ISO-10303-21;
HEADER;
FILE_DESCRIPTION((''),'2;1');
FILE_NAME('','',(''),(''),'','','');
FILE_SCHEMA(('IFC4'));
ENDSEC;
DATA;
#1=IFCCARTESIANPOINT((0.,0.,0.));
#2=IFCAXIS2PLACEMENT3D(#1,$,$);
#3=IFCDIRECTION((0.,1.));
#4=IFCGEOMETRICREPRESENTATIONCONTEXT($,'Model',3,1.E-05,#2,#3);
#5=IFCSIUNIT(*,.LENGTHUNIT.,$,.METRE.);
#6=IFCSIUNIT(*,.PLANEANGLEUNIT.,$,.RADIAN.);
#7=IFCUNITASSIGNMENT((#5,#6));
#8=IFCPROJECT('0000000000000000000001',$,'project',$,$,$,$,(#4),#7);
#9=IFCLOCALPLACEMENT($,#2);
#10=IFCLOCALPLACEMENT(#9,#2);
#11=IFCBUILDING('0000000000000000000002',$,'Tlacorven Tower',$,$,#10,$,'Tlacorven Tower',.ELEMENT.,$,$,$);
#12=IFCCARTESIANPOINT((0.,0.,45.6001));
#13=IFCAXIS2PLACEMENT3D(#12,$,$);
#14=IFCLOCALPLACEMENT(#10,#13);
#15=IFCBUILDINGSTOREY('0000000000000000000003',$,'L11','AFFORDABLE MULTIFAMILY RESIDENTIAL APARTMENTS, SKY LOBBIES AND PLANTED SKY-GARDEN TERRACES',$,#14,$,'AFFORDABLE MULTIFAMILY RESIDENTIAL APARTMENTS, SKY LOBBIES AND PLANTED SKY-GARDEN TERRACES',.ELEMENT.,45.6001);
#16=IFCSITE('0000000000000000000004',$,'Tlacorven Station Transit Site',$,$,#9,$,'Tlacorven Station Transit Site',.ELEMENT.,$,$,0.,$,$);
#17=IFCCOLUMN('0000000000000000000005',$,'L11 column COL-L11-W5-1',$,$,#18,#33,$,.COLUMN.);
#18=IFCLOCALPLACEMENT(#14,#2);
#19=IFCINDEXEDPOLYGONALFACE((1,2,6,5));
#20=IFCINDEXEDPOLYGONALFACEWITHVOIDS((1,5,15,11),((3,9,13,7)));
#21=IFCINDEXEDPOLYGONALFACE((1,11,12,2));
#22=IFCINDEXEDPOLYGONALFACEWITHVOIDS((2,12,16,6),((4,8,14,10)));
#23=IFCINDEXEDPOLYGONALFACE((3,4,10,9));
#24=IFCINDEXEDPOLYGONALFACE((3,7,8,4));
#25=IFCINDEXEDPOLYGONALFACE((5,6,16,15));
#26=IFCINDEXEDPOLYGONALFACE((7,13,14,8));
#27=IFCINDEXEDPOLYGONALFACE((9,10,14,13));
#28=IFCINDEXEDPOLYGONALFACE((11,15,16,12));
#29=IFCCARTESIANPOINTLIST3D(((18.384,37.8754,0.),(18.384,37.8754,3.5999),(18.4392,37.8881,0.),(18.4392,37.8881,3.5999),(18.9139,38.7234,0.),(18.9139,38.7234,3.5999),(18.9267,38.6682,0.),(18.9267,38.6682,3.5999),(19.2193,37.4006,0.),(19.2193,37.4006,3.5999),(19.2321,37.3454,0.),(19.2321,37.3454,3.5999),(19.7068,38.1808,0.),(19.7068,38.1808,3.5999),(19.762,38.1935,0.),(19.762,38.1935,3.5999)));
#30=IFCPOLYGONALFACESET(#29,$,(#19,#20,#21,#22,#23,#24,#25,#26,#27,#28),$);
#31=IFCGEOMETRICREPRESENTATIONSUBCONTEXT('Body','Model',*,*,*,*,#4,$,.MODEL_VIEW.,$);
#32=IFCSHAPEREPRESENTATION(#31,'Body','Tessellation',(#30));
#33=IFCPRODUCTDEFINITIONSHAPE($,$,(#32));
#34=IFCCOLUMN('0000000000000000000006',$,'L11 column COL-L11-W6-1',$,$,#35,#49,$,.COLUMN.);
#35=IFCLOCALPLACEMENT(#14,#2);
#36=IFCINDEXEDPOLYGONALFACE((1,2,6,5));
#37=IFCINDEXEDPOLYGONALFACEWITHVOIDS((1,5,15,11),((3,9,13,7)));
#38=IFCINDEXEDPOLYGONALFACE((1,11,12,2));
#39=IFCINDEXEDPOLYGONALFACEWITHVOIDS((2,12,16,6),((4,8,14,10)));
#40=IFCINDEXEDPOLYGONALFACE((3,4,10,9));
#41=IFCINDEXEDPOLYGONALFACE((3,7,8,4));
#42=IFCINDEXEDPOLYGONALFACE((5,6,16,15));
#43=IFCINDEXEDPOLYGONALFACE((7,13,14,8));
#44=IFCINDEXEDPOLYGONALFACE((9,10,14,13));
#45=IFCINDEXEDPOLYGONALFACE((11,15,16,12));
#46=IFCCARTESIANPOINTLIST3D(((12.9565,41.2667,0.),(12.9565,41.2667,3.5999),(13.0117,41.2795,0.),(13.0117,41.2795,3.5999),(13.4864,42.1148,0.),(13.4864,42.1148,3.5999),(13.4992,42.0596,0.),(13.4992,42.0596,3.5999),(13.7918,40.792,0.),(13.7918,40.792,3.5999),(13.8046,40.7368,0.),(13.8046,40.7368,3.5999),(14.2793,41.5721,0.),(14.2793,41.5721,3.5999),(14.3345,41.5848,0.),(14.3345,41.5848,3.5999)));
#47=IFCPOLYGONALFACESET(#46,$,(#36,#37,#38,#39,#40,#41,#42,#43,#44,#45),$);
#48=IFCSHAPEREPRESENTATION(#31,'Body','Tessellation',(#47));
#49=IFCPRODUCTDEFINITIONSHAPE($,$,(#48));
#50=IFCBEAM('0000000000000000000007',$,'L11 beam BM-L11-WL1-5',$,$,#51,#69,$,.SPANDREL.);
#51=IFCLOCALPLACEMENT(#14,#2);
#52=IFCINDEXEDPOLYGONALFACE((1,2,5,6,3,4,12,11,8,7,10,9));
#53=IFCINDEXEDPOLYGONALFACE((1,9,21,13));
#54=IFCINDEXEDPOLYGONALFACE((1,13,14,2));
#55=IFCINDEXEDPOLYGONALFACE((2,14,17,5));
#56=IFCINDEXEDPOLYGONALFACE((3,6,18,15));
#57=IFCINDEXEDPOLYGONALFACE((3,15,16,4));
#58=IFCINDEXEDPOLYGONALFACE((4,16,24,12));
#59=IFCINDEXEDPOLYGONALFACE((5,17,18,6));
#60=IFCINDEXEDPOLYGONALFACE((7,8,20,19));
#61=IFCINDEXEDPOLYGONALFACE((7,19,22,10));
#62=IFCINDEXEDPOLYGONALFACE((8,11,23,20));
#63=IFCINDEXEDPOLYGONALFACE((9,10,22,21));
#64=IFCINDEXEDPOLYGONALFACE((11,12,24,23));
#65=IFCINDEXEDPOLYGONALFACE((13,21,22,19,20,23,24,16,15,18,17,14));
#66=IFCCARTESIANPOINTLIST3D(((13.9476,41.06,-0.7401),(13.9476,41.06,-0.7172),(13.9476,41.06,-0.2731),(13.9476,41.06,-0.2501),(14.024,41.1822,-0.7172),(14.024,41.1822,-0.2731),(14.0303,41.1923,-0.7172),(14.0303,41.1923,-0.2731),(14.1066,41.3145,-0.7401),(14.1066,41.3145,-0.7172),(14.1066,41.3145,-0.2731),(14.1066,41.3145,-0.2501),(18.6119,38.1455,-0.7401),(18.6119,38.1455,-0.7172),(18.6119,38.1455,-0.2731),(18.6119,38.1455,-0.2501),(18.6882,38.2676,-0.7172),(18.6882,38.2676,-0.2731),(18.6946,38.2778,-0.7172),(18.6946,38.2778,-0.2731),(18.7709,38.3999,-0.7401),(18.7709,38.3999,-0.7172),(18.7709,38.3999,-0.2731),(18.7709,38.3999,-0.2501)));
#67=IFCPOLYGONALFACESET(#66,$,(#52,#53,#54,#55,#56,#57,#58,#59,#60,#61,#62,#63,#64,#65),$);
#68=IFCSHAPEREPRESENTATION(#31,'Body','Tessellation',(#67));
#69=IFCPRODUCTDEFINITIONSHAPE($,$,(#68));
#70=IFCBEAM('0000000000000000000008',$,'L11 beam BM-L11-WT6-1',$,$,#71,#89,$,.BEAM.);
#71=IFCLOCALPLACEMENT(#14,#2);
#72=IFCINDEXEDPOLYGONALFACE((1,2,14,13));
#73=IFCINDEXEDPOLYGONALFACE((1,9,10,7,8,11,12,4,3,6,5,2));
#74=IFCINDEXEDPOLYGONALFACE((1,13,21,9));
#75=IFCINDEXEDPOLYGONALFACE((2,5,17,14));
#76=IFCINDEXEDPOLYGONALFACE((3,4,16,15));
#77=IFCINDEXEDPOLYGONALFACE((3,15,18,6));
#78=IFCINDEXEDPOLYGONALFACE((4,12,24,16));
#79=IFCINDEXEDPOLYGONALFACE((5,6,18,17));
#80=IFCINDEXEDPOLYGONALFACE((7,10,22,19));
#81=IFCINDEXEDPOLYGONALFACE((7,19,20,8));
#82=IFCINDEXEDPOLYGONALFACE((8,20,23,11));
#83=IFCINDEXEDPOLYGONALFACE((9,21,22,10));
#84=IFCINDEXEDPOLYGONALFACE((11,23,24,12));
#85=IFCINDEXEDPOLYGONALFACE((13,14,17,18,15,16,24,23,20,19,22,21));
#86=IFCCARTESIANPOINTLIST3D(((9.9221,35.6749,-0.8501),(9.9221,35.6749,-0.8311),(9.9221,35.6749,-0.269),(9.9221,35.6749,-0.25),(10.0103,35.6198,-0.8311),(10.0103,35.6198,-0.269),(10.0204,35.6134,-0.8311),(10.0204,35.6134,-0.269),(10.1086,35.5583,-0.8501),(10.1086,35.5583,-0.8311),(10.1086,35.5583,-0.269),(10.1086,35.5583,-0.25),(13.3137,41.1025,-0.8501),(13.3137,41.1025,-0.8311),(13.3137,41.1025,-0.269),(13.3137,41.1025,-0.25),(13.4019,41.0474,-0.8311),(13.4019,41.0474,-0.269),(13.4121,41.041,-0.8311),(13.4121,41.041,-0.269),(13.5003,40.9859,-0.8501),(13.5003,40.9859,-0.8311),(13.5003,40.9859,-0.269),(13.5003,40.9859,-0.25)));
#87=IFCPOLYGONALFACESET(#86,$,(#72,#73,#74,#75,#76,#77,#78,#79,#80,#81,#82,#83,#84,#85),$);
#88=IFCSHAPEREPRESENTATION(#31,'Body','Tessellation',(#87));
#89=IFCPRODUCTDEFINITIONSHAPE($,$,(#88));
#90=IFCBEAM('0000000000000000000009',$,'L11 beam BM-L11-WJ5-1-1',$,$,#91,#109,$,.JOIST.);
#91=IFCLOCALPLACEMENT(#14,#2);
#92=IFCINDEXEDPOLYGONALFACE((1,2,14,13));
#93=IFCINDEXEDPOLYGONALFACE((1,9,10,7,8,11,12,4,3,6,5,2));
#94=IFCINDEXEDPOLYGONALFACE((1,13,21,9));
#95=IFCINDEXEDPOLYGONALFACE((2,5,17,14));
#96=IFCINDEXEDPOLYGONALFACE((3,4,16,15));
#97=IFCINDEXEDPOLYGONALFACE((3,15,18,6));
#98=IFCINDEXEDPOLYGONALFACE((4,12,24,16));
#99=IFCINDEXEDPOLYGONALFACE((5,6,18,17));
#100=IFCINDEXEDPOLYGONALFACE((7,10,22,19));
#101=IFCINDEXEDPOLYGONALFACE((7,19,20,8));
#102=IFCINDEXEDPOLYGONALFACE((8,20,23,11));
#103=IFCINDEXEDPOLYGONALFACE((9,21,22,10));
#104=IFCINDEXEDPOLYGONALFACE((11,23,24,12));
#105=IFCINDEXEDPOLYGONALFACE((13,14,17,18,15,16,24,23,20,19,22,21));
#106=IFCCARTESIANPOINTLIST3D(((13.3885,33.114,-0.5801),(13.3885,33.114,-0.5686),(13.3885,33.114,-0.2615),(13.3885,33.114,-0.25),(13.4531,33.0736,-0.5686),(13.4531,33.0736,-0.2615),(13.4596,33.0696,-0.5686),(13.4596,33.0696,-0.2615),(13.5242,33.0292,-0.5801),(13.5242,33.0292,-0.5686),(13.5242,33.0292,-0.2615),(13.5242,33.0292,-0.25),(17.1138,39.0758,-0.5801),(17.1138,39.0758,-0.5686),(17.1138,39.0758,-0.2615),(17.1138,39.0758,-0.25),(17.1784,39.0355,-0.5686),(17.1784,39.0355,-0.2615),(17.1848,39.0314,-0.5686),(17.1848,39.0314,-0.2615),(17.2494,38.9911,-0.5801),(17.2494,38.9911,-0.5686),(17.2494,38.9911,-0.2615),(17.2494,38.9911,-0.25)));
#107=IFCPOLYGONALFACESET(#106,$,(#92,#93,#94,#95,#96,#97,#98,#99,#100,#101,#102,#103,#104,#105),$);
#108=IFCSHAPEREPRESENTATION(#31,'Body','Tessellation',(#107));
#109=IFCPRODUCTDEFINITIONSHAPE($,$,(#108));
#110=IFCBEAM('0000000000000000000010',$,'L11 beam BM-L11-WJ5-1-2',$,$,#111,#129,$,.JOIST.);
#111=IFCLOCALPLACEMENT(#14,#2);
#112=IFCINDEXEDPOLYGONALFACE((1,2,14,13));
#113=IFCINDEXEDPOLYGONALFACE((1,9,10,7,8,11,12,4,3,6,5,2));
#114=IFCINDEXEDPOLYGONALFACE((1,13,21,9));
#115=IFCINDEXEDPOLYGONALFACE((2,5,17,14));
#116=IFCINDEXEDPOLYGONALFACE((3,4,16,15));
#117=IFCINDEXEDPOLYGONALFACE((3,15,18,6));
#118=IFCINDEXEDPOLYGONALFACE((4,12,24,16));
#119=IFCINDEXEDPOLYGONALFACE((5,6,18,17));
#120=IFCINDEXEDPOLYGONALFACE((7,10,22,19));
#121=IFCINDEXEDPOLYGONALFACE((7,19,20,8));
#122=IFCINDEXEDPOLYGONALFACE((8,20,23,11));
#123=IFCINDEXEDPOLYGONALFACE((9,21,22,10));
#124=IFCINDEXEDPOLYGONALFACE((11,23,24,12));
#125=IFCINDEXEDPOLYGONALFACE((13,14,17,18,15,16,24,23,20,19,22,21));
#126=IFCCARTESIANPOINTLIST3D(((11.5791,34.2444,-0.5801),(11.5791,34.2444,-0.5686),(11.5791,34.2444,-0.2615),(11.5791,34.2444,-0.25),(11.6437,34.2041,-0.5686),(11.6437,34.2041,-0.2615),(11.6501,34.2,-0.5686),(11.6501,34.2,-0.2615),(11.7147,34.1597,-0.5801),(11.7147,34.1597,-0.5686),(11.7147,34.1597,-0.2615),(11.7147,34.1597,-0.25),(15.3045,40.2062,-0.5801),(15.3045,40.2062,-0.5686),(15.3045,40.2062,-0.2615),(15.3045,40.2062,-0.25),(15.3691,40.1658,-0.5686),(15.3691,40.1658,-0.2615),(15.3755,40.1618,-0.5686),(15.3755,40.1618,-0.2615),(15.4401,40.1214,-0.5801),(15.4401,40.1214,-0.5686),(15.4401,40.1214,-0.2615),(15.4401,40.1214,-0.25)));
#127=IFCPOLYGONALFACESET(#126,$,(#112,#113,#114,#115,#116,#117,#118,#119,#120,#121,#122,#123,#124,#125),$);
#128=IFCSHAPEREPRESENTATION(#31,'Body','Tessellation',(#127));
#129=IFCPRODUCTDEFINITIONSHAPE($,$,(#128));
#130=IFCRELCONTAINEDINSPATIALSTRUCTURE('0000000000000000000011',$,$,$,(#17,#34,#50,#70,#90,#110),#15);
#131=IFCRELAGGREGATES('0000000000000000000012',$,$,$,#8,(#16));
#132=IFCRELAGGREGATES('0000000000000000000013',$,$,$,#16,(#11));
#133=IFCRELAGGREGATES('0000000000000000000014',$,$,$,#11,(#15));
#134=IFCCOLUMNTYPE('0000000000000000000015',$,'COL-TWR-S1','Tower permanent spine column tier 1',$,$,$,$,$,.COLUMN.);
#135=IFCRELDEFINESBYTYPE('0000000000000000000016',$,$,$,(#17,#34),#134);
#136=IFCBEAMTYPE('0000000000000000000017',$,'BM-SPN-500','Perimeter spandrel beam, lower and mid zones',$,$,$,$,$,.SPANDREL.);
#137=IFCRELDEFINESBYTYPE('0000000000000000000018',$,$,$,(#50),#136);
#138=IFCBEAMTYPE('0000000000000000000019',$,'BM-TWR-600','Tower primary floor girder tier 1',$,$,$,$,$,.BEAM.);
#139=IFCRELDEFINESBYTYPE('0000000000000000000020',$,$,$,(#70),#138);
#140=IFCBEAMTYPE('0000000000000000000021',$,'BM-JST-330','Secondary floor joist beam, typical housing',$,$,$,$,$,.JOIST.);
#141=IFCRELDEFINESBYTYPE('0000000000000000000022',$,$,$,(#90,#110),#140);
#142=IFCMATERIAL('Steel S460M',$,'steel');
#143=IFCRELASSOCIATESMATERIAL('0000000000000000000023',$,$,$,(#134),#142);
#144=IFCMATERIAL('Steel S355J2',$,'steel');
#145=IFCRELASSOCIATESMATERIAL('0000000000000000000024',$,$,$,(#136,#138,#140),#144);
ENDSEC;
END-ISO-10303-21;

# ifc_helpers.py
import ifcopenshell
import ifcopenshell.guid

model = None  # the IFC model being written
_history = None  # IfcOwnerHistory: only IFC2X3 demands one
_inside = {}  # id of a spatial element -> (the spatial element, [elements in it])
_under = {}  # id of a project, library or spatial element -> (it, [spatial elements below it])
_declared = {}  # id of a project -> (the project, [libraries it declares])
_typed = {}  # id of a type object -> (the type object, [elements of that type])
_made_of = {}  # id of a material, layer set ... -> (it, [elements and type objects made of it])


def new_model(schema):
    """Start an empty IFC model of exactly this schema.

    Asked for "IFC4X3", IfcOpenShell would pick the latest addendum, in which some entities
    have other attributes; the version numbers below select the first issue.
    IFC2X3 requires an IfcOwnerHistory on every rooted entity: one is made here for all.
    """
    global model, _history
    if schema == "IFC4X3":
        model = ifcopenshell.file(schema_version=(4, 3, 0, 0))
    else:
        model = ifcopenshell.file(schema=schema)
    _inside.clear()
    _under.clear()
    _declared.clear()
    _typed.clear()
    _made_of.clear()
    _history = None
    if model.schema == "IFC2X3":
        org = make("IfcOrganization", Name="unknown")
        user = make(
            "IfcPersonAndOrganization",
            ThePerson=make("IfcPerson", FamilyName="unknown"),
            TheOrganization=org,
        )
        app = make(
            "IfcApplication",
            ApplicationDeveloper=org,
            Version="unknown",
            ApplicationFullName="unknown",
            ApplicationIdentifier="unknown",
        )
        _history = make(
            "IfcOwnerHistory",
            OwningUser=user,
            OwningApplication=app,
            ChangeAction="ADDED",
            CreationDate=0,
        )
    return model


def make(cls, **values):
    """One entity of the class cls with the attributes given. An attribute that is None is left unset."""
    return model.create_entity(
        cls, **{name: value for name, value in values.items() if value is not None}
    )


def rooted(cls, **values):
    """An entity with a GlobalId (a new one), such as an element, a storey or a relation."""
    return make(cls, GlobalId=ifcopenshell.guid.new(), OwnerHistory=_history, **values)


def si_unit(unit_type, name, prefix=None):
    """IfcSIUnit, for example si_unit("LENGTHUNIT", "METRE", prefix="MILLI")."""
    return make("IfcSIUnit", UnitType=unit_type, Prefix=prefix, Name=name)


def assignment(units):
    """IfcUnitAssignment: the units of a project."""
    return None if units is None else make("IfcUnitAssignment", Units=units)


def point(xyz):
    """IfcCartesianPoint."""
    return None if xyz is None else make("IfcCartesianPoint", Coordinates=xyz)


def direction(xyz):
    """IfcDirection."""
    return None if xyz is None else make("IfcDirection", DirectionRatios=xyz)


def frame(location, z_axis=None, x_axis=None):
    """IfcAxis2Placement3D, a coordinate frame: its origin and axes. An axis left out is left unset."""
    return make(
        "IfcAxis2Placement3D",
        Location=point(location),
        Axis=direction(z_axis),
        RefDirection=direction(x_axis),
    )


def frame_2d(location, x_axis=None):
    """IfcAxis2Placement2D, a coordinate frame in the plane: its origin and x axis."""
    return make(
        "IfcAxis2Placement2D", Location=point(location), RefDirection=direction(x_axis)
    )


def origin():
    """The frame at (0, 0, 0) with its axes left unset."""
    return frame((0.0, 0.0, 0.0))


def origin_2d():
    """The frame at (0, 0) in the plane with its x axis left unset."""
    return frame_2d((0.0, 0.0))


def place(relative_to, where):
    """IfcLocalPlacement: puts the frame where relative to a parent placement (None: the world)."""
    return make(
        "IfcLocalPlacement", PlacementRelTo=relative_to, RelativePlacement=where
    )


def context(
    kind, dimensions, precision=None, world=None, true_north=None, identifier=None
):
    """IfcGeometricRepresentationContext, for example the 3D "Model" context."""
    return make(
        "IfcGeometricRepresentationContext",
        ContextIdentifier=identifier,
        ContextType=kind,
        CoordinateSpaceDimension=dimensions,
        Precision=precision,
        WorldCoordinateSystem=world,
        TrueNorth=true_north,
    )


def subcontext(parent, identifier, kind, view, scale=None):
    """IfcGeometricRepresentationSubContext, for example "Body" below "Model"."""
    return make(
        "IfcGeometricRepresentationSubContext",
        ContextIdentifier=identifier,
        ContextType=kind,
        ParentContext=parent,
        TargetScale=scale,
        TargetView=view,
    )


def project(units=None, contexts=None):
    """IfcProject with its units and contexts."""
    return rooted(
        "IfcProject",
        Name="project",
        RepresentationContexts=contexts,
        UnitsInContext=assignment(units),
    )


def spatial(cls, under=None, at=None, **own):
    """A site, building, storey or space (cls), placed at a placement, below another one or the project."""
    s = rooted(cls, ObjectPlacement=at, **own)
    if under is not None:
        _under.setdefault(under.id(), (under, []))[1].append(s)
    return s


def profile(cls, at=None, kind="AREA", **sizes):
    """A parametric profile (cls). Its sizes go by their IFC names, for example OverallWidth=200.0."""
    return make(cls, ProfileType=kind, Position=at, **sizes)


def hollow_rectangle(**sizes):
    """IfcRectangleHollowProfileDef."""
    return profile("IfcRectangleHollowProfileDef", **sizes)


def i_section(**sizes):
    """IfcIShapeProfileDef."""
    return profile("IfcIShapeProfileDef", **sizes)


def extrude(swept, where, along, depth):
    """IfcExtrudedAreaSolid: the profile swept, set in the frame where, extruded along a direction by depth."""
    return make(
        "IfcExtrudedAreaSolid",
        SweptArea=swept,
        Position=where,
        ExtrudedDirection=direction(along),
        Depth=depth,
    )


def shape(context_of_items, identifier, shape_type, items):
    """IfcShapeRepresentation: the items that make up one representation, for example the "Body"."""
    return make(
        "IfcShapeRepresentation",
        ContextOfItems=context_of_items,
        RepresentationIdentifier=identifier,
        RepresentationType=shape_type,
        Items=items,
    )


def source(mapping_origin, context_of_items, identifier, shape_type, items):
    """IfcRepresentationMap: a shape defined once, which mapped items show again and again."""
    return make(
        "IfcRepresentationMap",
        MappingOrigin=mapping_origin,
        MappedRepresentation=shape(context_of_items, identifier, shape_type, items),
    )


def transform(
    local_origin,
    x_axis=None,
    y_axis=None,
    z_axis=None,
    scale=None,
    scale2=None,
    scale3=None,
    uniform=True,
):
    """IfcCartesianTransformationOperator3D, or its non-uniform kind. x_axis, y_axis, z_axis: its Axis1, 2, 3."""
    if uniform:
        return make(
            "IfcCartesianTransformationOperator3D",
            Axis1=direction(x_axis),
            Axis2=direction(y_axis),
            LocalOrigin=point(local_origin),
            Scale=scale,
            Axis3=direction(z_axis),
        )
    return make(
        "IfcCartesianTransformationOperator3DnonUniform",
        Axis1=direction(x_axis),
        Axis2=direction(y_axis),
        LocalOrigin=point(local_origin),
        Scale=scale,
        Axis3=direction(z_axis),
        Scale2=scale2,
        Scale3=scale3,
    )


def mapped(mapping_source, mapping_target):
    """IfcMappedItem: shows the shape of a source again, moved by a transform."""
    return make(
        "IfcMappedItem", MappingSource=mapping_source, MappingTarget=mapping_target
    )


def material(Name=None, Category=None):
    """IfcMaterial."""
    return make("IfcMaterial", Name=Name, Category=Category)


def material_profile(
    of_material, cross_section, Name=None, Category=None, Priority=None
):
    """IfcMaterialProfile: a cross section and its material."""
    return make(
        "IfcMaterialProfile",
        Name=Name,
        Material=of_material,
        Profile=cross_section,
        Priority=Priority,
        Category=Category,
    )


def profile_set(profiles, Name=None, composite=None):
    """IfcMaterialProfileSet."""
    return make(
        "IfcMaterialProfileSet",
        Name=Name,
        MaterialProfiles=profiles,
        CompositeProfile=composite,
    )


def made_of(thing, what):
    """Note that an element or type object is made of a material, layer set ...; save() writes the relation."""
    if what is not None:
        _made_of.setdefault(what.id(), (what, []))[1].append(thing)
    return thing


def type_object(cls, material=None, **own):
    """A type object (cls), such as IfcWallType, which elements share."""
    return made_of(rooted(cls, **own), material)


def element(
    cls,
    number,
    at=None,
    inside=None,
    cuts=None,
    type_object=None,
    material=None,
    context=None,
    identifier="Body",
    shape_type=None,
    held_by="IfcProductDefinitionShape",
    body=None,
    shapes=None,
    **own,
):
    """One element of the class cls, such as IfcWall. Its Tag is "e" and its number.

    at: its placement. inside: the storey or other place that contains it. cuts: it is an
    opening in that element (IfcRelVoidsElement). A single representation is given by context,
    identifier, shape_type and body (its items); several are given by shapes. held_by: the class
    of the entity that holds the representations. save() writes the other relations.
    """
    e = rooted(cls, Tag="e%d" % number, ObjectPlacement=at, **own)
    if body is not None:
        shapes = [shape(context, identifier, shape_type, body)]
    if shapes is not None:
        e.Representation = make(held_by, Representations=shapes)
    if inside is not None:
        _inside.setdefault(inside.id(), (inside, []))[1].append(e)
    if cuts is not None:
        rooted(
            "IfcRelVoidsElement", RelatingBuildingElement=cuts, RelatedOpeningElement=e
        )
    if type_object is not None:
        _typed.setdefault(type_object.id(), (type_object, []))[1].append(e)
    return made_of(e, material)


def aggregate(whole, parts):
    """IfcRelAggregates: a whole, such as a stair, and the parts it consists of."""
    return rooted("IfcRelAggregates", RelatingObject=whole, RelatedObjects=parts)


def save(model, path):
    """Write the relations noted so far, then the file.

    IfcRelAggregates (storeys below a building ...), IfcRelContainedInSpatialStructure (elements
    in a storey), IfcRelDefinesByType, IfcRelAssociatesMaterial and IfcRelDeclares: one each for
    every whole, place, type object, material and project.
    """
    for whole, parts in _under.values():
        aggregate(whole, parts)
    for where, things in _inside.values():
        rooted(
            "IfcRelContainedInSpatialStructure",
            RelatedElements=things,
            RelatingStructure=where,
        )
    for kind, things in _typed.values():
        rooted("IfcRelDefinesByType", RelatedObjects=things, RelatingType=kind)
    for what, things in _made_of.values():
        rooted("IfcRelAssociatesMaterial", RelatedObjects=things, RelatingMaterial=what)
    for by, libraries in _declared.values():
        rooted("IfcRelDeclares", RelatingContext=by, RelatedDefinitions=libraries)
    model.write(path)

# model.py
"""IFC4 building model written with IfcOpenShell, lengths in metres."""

from ifc_helpers import new_model, si_unit, direction, frame, origin, origin_2d, place, context, subcontext, project, spatial, hollow_rectangle, i_section, extrude, source, transform, mapped, material, material_profile, profile_set, type_object, element, save


model = new_model("IFC4")

# Units and contexts
model_context = context("Model", 3, precision=1e-05, world=origin(), true_north=direction((0.0, 1.0)))
body_context = subcontext(model_context, "Body", "Model", "MODEL_VIEW")
ifc_project = project(units=[si_unit("LENGTHUNIT", "METRE"), si_unit("PLANEANGLEUNIT", "RADIAN")], contexts=[model_context])

# Site, building, storey
site_placement = place(None, origin())
site = spatial("IfcSite", under=ifc_project, at=site_placement, Name="Tlacorven Station Transit Site", LongName="Tlacorven Station Transit Site", CompositionType="ELEMENT", RefElevation=0.0)
building_placement = place(site_placement, origin())
building = spatial("IfcBuilding", under=site, at=building_placement, Name="Tlacorven Tower", LongName="Tlacorven Tower", CompositionType="ELEMENT")
storey_placement = place(building_placement, frame((0.0, 0.0, 45.6001)))
storey = spatial("IfcBuildingStorey", under=building, at=storey_placement, Name="L11", Description="AFFORDABLE MULTIFAMILY RESIDENTIAL APARTMENTS, SKY LOBBIES AND PLANTED SKY-GARDEN TERRACES", LongName="AFFORDABLE MULTIFAMILY RESIDENTIAL APARTMENTS, SKY LOBBIES AND PLANTED SKY-GARDEN TERRACES", CompositionType="ELEMENT", Elevation=45.6001)

# Columns
ifc_material_1 = material(Name="Steel S460M", Category="steel")
ifc_material_profile_1 = material_profile(ifc_material_1, hollow_rectangle(XDim=1.0, YDim=1.0, WallThickness=0.04, at=origin_2d()), Name="BOX 1000X1000X40")
ifc_profile_set_1 = profile_set([ifc_material_profile_1], Name="Steel S460M")
column_type = type_object("IfcColumnType", Name="COL-TWR-S1", Description="Tower permanent spine column tier 1", PredefinedType="COLUMN", material=ifc_profile_set_1)
shared_shape_1 = source(origin(), body_context, "Body", "SweptSolid", [
    extrude(hollow_rectangle(XDim=1.0, YDim=1.0, WallThickness=0.04, at=origin_2d()), origin(), (0.0, 0.0, 1.0), 3.5999),
])
for number, where, z_axis, x_axis, name in (
    (1, (19.073, 38.0344, 0.0), (0.0, 0.0, 1.0), (-0.848048, 0.529919, 0.0), "L11 column COL-L11-W5-1"),
    (2, (13.6455, 41.4258, 0.0), (0.0, 0.0, 1.0), (-0.848048, 0.529919, 0.0), "L11 column COL-L11-W6-1"),
):
    element("IfcColumn", number, at=place(storey_placement, frame(where, z_axis=z_axis, x_axis=x_axis)), inside=storey, type_object=column_type, Name=name, PredefinedType="COLUMN", context=body_context, shape_type="MappedRepresentation", body=[
        mapped(shared_shape_1, transform((0.0, 0.0, 0.0), scale=1.0)),
    ])

# Beams
ifc_material_2 = material(Name="Steel S355J2", Category="steel")
ifc_material_profile_2 = material_profile(ifc_material_2, i_section(OverallWidth=0.3, OverallDepth=0.49, WebThickness=0.012, FlangeThickness=0.0229, at=origin_2d()), Name="HEA 500")
ifc_profile_set_2 = profile_set([ifc_material_profile_2], Name="Steel S355J2")
beam_type_1 = type_object("IfcBeamType", Name="BM-SPN-500", Description="Perimeter spandrel beam, lower and mid zones", PredefinedType="SPANDREL", material=ifc_profile_set_2)
shared_shape_2 = source(origin(), body_context, "Body", "SweptSolid", [
    extrude(i_section(OverallWidth=0.3, OverallDepth=0.49, WebThickness=0.012, FlangeThickness=0.0229, at=origin_2d()), origin(), (0.0, 0.0, 1.0), 5.5),
])
beam_1_placement = place(storey_placement, frame((18.6914, 38.2727, -0.4951), z_axis=(-0.848051, 0.529915, 0.0), x_axis=(-0.529915, -0.848051, 0.0)))
element("IfcBeam", 3, at=beam_1_placement, inside=storey, type_object=beam_type_1, Name="L11 beam BM-L11-WL1-5", PredefinedType="SPANDREL", context=body_context, shape_type="MappedRepresentation", body=[
    mapped(shared_shape_2, transform((0.0, 0.0, 0.0), scale=1.0)),
])
ifc_material_profile_3 = material_profile(ifc_material_2, i_section(OverallWidth=0.22, OverallDepth=0.6001, WebThickness=0.012, FlangeThickness=0.019, at=origin_2d()), Name="IPE 600")
ifc_profile_set_3 = profile_set([ifc_material_profile_3], Name="Steel S355J2")
beam_type_2 = type_object("IfcBeamType", Name="BM-TWR-600", Description="Tower primary floor girder tier 1", PredefinedType="BEAM", material=ifc_profile_set_3)
shared_shape_3 = source(origin(), body_context, "Body", "SweptSolid", [
    extrude(i_section(OverallWidth=0.22, OverallDepth=0.6001, WebThickness=0.012, FlangeThickness=0.019, at=origin_2d()), origin(), (0.0, 0.0, 1.0), 6.4001),
])
beam_2_placement = place(storey_placement, frame((13.407, 41.0442, -0.55), z_axis=(-0.529934, -0.848039, 0.0), x_axis=(0.848039, -0.529934, 0.0)))
element("IfcBeam", 4, at=beam_2_placement, inside=storey, type_object=beam_type_2, Name="L11 beam BM-L11-WT6-1", PredefinedType="BEAM", context=body_context, shape_type="MappedRepresentation", body=[
    mapped(shared_shape_3, transform((0.0, 0.0, 0.0), scale=1.0)),
])
ifc_material_profile_4 = material_profile(ifc_material_2, i_section(OverallWidth=0.1599, OverallDepth=0.3301, WebThickness=0.0076, FlangeThickness=0.0115, at=origin_2d()), Name="IPE 330")
ifc_profile_set_4 = profile_set([ifc_material_profile_4], Name="Steel S355J2")
beam_type_3 = type_object("IfcBeamType", Name="BM-JST-330", Description="Secondary floor joist beam, typical housing", PredefinedType="JOIST", material=ifc_profile_set_4)
shared_shape_4 = source(origin(), body_context, "Body", "SweptSolid", [
    extrude(i_section(OverallWidth=0.1599, OverallDepth=0.3301, WebThickness=0.0076, FlangeThickness=0.0115, at=origin_2d()), origin(), (0.0, 0.0, 1.0), 7.03),
])
for number, where, z_axis, x_axis, name in (
    (5, (17.1816, 39.0334, -0.415), (-0.529912, -0.848053, 0.0), (0.848053, -0.529912, 0.0), "L11 beam BM-L11-WJ5-1-1"),
    (6, (15.3723, 40.1638, -0.415), (-0.529927, -0.848043, 0.0), (0.848043, -0.529927, 0.0), "L11 beam BM-L11-WJ5-1-2"),
):
    element("IfcBeam", number, at=place(storey_placement, frame(where, z_axis=z_axis, x_axis=x_axis)), inside=storey, type_object=beam_type_3, Name=name, PredefinedType="JOIST", context=body_context, shape_type="MappedRepresentation", body=[
        mapped(shared_shape_4, transform((0.0, 0.0, 0.0), scale=1.0)),
    ])

save(model, "model.ifc")
